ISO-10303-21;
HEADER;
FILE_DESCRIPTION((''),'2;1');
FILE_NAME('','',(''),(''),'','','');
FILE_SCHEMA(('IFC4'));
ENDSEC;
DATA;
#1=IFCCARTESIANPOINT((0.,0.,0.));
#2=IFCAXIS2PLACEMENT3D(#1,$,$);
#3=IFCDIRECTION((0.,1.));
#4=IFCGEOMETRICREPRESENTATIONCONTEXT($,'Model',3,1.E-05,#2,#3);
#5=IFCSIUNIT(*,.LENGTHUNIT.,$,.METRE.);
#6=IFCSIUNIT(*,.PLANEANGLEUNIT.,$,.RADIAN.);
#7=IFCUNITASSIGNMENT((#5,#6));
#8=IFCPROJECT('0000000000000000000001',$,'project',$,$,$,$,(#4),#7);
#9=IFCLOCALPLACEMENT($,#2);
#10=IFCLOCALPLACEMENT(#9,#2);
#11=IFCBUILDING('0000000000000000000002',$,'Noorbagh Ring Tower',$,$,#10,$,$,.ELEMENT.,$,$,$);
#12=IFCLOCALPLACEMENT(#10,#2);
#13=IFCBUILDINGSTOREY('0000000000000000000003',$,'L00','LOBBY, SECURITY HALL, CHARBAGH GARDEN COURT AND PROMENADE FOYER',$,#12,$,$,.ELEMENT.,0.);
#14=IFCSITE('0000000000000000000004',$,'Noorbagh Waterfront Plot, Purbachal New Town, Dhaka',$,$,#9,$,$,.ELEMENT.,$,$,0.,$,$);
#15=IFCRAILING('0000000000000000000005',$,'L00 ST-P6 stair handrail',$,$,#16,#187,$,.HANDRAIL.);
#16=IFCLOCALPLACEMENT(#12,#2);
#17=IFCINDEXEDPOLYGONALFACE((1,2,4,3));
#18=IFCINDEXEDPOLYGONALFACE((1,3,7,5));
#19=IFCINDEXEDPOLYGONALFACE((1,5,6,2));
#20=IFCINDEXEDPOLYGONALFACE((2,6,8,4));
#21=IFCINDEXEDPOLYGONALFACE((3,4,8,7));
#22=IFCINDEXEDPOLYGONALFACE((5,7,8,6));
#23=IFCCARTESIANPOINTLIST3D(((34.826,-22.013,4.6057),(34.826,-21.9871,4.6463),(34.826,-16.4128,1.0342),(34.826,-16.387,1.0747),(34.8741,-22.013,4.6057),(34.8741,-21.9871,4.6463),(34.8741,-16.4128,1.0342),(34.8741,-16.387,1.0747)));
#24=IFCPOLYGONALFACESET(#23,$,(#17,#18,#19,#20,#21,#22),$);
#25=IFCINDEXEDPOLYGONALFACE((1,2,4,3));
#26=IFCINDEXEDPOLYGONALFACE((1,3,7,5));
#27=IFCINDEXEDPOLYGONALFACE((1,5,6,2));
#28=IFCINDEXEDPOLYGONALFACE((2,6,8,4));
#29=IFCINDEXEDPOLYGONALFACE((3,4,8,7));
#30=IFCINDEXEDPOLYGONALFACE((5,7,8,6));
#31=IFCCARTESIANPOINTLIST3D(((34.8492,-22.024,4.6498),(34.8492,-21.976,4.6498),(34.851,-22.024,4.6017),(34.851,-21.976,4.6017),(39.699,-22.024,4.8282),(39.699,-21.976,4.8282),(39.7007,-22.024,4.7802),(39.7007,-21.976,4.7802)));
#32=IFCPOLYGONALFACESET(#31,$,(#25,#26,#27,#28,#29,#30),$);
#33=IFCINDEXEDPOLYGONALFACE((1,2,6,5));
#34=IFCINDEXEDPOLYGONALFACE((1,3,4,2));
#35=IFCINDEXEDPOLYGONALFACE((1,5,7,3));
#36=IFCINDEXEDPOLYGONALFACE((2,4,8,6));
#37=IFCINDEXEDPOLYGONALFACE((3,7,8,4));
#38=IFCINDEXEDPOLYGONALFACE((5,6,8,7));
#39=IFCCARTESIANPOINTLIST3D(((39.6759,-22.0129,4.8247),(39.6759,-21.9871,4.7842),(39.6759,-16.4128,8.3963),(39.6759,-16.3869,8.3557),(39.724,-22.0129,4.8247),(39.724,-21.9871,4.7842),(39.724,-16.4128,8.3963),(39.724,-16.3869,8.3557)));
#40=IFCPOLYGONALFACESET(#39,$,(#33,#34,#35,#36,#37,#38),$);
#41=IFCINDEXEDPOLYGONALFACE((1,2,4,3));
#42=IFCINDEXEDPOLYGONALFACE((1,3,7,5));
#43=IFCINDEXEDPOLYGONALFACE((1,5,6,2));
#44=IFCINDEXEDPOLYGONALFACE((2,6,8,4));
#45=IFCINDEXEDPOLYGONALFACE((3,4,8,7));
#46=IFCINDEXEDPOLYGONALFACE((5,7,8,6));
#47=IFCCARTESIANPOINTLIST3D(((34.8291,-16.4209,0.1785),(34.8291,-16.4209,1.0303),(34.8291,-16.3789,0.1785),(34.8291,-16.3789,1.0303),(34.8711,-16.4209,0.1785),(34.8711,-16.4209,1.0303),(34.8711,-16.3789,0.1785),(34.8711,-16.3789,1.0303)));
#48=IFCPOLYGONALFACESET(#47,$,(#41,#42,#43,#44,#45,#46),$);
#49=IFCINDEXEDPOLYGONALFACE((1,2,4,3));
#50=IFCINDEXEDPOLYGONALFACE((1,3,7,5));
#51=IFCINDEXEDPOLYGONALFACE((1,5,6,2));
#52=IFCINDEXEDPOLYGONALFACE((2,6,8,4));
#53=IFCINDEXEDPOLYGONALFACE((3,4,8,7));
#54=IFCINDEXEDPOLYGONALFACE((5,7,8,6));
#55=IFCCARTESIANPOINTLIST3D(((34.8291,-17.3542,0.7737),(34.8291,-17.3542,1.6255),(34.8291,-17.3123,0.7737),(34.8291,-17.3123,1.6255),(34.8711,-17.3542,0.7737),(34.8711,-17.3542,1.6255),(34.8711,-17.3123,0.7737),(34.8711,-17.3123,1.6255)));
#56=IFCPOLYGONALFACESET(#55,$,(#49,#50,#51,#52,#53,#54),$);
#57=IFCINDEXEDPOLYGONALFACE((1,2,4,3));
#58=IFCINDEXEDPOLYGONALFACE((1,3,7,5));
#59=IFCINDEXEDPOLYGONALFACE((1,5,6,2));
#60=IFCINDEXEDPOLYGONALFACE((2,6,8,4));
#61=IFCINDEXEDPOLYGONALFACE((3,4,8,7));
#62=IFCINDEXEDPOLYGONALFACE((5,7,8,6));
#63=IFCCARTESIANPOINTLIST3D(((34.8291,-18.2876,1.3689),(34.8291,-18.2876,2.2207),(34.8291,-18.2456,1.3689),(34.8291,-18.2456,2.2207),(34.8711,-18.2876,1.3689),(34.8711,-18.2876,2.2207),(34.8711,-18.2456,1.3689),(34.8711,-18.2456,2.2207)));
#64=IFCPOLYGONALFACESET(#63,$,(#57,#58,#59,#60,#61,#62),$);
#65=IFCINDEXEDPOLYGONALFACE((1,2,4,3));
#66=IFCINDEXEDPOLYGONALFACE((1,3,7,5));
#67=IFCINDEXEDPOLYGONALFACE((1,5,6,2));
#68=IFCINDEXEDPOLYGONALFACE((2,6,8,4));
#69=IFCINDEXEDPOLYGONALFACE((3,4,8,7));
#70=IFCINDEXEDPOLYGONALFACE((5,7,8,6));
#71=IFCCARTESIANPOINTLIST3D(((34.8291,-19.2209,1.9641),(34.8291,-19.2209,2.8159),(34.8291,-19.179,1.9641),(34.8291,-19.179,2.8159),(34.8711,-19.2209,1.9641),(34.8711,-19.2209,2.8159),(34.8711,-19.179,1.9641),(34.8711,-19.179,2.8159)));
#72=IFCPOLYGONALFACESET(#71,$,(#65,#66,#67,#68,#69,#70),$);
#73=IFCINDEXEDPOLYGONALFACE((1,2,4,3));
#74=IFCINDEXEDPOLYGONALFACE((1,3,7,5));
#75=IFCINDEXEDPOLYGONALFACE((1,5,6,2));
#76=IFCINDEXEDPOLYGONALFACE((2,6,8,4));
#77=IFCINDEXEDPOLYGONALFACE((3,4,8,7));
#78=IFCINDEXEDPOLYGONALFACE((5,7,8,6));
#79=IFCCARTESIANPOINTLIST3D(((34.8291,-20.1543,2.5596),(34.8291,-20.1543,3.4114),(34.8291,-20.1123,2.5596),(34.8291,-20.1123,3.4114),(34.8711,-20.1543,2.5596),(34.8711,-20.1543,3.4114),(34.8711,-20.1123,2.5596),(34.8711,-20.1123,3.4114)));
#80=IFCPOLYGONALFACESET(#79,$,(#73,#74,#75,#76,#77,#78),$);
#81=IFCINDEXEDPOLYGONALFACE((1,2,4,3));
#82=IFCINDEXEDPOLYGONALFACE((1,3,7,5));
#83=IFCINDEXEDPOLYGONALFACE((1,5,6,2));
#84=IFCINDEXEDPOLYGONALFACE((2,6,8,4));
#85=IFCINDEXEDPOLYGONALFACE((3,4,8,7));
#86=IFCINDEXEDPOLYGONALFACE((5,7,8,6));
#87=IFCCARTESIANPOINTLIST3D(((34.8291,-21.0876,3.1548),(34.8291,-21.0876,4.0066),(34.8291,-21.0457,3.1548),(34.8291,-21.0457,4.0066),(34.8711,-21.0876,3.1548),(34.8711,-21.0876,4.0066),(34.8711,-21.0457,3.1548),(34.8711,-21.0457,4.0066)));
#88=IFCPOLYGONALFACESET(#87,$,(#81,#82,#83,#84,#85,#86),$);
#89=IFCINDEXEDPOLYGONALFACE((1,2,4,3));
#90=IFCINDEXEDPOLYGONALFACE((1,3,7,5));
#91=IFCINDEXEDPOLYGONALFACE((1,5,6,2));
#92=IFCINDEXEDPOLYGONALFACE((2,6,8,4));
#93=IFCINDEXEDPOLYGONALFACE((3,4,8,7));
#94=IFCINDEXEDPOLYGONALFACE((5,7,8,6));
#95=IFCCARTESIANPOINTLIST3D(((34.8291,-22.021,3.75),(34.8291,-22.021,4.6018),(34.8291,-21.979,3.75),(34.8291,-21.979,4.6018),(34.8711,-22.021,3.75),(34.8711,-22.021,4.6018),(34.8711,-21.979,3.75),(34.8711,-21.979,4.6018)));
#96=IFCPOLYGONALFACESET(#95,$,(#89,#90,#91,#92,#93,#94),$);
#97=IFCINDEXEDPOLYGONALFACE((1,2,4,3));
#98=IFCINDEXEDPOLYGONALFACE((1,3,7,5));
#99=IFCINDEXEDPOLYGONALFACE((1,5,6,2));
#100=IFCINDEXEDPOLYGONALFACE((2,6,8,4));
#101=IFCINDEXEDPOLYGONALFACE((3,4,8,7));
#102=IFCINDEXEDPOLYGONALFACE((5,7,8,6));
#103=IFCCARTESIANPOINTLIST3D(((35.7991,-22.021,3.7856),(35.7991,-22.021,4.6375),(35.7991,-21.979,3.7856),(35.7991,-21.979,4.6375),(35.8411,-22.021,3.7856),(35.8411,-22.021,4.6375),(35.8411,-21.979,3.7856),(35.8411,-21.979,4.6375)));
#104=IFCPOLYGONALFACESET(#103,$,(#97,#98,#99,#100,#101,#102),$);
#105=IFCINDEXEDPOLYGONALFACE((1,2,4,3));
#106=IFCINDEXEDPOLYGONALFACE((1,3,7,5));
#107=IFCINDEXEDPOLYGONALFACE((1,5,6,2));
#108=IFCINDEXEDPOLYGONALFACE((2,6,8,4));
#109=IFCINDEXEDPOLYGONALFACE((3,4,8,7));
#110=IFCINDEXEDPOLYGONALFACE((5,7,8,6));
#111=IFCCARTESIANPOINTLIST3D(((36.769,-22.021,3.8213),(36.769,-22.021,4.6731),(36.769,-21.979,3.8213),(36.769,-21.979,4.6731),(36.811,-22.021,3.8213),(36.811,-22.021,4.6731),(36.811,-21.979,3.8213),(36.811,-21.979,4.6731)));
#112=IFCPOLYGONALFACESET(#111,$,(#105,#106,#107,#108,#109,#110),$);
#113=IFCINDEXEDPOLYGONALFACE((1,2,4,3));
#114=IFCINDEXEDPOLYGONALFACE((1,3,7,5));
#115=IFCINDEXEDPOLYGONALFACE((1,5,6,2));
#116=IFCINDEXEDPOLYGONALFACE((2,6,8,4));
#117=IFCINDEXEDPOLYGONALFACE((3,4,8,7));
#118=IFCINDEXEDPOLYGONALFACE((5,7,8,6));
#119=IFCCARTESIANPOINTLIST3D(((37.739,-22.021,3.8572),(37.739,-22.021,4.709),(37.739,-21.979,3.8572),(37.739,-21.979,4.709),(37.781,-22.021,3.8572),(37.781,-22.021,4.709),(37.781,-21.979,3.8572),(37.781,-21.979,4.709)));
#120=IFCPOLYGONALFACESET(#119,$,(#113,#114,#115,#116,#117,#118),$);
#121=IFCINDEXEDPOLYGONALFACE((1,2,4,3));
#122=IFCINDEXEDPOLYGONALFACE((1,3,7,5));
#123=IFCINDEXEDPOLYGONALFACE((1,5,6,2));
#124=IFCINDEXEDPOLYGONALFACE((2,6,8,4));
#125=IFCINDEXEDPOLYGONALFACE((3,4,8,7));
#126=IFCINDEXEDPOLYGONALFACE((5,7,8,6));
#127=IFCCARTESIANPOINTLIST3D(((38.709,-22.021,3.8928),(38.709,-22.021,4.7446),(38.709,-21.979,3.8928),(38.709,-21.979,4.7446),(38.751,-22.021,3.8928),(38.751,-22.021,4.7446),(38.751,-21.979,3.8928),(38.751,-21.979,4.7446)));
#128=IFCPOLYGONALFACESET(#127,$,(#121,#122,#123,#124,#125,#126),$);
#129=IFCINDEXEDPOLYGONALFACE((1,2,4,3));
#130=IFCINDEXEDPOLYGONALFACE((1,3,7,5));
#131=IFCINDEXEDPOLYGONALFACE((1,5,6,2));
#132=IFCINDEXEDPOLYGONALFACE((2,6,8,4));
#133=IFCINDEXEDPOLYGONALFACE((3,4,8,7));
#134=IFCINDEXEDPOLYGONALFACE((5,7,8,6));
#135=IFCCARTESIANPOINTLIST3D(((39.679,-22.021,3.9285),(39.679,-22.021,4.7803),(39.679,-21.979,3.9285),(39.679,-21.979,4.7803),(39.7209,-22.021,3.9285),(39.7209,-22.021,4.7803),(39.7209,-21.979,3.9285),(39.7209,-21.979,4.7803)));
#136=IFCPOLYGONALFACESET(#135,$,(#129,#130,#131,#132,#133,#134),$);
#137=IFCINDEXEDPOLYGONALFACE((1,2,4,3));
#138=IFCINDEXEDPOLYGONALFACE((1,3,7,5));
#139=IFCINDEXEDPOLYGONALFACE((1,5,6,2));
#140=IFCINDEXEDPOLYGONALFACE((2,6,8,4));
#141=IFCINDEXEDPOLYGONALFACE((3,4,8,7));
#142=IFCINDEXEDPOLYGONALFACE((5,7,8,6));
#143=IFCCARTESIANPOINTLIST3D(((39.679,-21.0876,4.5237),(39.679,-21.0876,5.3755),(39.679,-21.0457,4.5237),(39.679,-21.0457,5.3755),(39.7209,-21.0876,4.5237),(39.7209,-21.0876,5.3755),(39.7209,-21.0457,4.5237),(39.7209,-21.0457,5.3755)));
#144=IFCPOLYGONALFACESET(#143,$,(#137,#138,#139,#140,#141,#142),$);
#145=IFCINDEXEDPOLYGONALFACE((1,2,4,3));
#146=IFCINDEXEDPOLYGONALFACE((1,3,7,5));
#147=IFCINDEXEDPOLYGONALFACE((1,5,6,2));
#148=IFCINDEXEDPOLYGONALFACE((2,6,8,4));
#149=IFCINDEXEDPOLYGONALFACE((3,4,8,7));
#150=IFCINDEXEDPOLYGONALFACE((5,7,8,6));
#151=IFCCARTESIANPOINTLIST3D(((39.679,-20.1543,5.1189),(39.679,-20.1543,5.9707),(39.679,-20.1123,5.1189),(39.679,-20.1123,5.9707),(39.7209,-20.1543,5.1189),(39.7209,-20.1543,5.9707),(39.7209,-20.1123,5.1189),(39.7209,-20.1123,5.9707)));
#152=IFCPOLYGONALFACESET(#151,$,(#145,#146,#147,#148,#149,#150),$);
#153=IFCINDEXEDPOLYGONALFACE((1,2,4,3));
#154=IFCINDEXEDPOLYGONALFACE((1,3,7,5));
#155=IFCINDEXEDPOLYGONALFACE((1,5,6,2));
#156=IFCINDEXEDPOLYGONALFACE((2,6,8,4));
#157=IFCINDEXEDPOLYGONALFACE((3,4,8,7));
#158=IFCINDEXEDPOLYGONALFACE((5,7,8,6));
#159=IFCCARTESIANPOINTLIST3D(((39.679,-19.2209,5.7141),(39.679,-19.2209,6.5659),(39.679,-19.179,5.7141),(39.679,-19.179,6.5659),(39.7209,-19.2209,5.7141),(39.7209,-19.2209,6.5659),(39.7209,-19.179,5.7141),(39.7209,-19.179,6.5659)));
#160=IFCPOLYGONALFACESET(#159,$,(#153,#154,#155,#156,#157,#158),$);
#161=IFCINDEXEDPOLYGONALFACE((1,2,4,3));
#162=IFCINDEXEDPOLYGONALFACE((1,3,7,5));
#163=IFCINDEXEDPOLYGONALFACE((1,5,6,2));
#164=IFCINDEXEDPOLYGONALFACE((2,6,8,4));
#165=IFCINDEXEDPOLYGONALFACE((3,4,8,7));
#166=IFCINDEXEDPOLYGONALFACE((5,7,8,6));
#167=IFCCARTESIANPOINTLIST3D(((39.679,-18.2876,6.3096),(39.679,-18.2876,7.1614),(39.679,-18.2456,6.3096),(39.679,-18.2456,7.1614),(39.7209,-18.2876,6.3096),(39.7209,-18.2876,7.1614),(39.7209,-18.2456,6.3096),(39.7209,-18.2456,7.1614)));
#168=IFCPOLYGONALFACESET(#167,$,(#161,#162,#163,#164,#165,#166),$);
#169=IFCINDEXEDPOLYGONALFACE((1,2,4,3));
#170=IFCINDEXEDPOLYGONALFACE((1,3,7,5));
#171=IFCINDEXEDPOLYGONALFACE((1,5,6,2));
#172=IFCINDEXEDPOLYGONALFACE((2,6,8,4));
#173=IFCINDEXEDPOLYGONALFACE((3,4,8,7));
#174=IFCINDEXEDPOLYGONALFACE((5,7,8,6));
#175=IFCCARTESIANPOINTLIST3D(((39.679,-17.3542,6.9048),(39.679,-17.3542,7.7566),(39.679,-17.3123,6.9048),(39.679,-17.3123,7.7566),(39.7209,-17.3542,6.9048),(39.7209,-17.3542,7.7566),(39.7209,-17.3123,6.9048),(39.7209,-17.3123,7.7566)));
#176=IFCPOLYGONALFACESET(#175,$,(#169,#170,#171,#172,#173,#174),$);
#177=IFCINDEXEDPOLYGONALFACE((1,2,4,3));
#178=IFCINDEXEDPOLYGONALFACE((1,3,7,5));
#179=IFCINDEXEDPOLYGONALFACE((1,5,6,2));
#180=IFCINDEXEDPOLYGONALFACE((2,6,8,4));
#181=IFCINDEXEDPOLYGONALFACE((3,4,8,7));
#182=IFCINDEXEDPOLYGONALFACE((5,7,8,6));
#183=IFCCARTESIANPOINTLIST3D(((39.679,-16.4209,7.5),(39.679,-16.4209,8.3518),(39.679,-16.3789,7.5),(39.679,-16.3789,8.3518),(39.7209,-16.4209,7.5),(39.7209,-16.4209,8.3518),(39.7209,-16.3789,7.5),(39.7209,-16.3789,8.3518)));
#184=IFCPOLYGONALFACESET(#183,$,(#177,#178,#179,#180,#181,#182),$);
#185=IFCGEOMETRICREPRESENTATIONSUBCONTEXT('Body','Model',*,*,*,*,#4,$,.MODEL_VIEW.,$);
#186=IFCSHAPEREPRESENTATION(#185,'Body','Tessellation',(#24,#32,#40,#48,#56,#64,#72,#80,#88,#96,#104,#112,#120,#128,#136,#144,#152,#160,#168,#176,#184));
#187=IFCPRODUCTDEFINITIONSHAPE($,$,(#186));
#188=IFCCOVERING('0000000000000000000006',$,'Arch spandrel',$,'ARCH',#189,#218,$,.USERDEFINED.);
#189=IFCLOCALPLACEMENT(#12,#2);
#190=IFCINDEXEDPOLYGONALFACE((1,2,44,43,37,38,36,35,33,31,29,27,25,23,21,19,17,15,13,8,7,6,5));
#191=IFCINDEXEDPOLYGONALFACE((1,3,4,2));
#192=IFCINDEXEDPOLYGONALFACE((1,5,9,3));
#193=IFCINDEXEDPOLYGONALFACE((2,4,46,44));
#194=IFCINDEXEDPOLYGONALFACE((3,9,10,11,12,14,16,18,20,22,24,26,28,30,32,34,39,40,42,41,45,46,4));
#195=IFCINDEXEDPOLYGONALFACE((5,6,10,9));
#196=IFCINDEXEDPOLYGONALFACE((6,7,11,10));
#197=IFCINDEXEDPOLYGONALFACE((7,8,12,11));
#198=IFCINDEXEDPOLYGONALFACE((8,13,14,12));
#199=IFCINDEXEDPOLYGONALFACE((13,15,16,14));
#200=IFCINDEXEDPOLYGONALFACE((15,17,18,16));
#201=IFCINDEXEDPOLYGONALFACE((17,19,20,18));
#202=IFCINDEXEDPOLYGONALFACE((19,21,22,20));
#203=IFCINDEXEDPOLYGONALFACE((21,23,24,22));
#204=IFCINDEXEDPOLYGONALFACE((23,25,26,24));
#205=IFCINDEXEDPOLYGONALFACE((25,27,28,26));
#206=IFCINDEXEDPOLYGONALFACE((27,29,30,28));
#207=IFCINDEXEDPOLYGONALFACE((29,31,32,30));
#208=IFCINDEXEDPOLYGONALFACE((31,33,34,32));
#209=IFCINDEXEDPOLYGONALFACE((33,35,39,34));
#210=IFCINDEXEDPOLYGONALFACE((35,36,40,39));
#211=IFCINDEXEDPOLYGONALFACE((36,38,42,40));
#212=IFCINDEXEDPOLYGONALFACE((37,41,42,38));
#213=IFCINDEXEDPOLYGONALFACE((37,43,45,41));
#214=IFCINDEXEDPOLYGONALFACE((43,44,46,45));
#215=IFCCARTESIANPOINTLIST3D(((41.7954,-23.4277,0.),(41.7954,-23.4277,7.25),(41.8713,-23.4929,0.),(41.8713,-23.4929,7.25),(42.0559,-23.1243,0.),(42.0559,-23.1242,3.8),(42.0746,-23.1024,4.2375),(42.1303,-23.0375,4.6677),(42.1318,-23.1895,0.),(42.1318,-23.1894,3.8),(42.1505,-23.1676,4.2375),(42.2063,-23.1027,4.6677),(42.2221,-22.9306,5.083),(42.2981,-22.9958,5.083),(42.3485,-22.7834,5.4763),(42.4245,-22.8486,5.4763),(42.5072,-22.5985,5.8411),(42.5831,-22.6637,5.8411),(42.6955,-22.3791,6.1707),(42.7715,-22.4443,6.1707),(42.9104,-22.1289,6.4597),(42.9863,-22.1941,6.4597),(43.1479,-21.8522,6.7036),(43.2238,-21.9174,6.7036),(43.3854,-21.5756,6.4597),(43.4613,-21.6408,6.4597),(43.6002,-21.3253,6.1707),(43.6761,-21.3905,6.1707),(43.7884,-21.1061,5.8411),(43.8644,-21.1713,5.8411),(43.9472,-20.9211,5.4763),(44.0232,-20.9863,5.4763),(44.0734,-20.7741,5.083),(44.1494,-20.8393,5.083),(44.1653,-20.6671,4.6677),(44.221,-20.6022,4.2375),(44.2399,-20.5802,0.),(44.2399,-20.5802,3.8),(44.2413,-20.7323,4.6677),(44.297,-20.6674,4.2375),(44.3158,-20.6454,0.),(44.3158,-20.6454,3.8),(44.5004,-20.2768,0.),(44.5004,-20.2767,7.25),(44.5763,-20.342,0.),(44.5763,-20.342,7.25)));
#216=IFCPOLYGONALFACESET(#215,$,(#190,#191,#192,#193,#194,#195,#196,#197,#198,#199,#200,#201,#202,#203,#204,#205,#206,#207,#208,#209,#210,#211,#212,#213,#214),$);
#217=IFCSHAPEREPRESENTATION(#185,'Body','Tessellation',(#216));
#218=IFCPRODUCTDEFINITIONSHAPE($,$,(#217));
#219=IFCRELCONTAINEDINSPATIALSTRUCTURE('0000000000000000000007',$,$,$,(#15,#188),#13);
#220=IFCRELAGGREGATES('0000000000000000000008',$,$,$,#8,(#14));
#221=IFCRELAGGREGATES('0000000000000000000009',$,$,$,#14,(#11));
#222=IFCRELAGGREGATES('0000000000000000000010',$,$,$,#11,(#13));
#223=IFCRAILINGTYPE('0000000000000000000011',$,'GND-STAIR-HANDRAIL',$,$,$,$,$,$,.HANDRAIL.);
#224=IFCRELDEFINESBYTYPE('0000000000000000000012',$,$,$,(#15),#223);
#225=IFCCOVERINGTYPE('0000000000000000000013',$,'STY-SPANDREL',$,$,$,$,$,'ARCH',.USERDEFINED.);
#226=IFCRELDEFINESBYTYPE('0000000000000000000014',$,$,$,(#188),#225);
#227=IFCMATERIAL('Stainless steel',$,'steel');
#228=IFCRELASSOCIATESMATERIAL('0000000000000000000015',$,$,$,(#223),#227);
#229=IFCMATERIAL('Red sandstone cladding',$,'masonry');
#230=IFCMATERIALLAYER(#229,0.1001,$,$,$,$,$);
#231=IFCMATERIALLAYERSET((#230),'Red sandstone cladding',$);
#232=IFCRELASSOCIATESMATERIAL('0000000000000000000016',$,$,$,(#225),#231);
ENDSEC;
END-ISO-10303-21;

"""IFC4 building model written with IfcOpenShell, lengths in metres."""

from ifc_helpers import new_model, si_unit, direction, frame, origin, origin_2d, place, context, subcontext, project, spatial, polyline, rectangle, outline, extrude, material, layer, layer_set, type_object, element, save


model = new_model("IFC4")

# Units and contexts
model_context = context("Model", 3, precision=1e-05, world=origin(), true_north=direction((0.0, 1.0)))
body_context = subcontext(model_context, "Body", "Model", "MODEL_VIEW")
ifc_project = project(units=[si_unit("LENGTHUNIT", "METRE"), si_unit("PLANEANGLEUNIT", "RADIAN")], contexts=[model_context])

# Site, building, storey
site_placement = place(None, origin())
site = spatial("IfcSite", under=ifc_project, at=site_placement, Name="Noorbagh Waterfront Plot, Purbachal New Town, Dhaka", CompositionType="ELEMENT", RefElevation=0.0)
building_placement = place(site_placement, origin())
building = spatial("IfcBuilding", under=site, at=building_placement, Name="Noorbagh Ring Tower", CompositionType="ELEMENT")
storey_placement = place(building_placement, origin())
storey = spatial("IfcBuildingStorey", under=building, at=storey_placement, Name="L00", Description="LOBBY, SECURITY HALL, CHARBAGH GARDEN COURT AND PROMENADE FOYER", CompositionType="ELEMENT", Elevation=0.0)

# Railing
ifc_material_1 = material(Name="Stainless steel", Category="steel")
railing_type_1 = type_object("IfcRailingType", Name="GND-STAIR-HANDRAIL", PredefinedType="HANDRAIL", material=ifc_material_1)
railing_1_placement = place(storey_placement, frame((34.8501, -16.3999, 0.1785)))
element("IfcRailing", 1, at=railing_1_placement, inside=storey, type_object=railing_type_1, Name="L00 ST-P6 stair handrail", PredefinedType="HANDRAIL", context=body_context, shape_type="SweptSolid", body=[
    extrude(rectangle(XDim=0.0481, YDim=0.0481, at=origin_2d()), frame((0.0, 0.0, 0.876), z_axis=(0.0, -0.843127, 0.537715), x_axis=(1.0, 0.0, 0.0)), (0.0, 0.0, 1.0), 6.6421),
    extrude(rectangle(XDim=0.0481, YDim=0.0481, at=origin_2d()), frame((0.0, -5.6001, 4.4473), z_axis=(0.999324, 0.0, 0.036773), x_axis=(0.0, 1.0, 0.0)), (0.0, 0.0, 1.0), 4.853),
    extrude(rectangle(XDim=0.0481, YDim=0.0481, at=origin_2d()), frame((4.8499, -5.6001, 4.626), z_axis=(0.0, 0.843127, 0.537715), x_axis=(-1.0, 0.0, 0.0)), (0.0, 0.0, 1.0), 6.6421),
    extrude(rectangle(XDim=0.042, YDim=0.042, at=origin_2d()), origin(), (0.0, 0.0, 1.0), 0.8518),
    extrude(rectangle(XDim=0.042, YDim=0.042, at=origin_2d()), frame((0.0, -0.9333, 0.5952)), (0.0, 0.0, 1.0), 0.8518),
    extrude(rectangle(XDim=0.042, YDim=0.042, at=origin_2d()), frame((0.0, -1.8667, 1.1904)), (0.0, 0.0, 1.0), 0.8518),
    extrude(rectangle(XDim=0.042, YDim=0.042, at=origin_2d()), frame((0.0, -2.8, 1.7856)), (0.0, 0.0, 1.0), 0.8518),
    extrude(rectangle(XDim=0.042, YDim=0.042, at=origin_2d()), frame((0.0, -3.7334, 2.3811)), (0.0, 0.0, 1.0), 0.8518),
    extrude(rectangle(XDim=0.042, YDim=0.042, at=origin_2d()), frame((0.0, -4.6667, 2.9763)), (0.0, 0.0, 1.0), 0.8518),
    extrude(rectangle(XDim=0.042, YDim=0.042, at=origin_2d()), frame((0.0, -5.6001, 3.5715)), (0.0, 0.0, 1.0), 0.8518),
    extrude(rectangle(XDim=0.042, YDim=0.042, at=origin_2d()), frame((0.97, -5.6001, 3.6072)), (0.0, 0.0, 1.0), 0.8518),
    extrude(rectangle(XDim=0.042, YDim=0.042, at=origin_2d()), frame((1.9399, -5.6001, 3.6428)), (0.0, 0.0, 1.0), 0.8518),
    extrude(rectangle(XDim=0.042, YDim=0.042, at=origin_2d()), frame((2.9099, -5.6001, 3.6787)), (0.0, 0.0, 1.0), 0.8518),
    extrude(rectangle(XDim=0.042, YDim=0.042, at=origin_2d()), frame((3.8799, -5.6001, 3.7144)), (0.0, 0.0, 1.0), 0.8518),
    extrude(rectangle(XDim=0.042, YDim=0.042, at=origin_2d()), frame((4.8499, -5.6001, 3.75)), (0.0, 0.0, 1.0), 0.8518),
    extrude(rectangle(XDim=0.042, YDim=0.042, at=origin_2d()), frame((4.8499, -4.6667, 4.3452)), (0.0, 0.0, 1.0), 0.8518),
    extrude(rectangle(XDim=0.042, YDim=0.042, at=origin_2d()), frame((4.8499, -3.7334, 4.9404)), (0.0, 0.0, 1.0), 0.8518),
    extrude(rectangle(XDim=0.042, YDim=0.042, at=origin_2d()), frame((4.8499, -2.8, 5.5356)), (0.0, 0.0, 1.0), 0.8518),
    extrude(rectangle(XDim=0.042, YDim=0.042, at=origin_2d()), frame((4.8499, -1.8667, 6.1311)), (0.0, 0.0, 1.0), 0.8518),
    extrude(rectangle(XDim=0.042, YDim=0.042, at=origin_2d()), frame((4.8499, -0.9333, 6.7263)), (0.0, 0.0, 1.0), 0.8518),
    extrude(rectangle(XDim=0.042, YDim=0.042, at=origin_2d()), frame((4.8499, 0.0, 7.3215)), (0.0, 0.0, 1.0), 0.8518),
])

# Covering
ifc_material_2 = material(Name="Red sandstone cladding", Category="masonry")
ifc_layer_1 = layer(ifc_material_2, 0.1001)
ifc_layer_set_1 = layer_set([ifc_layer_1], Name="Red sandstone cladding")
covering_type = type_object("IfcCoveringType", Name="STY-SPANDREL", ElementType="ARCH", PredefinedType="USERDEFINED", material=ifc_layer_set_1)
covering_placement = place(storey_placement, frame((41.8713, -23.4929, 0.0), z_axis=(0.758756, -0.651374, 0.000006), x_axis=(0.651374, 0.758756, 0.0)))
element("IfcCovering", 2, at=covering_placement, inside=storey, type_object=covering_type, Name="Arch spandrel", ObjectType="ARCH", PredefinedType="USERDEFINED", context=body_context, shape_type="SweptSolid", body=[
    extrude(outline(polyline([(0.0, 0.0), (0.3999, 0.0), (0.3999, 3.8), (0.4287, 4.2375), (0.5142, 4.6677), (0.6551, 5.083), (0.8492, 5.4763), (1.0928, 5.8411), (1.382, 6.1707), (1.7118, 6.4597), (2.0764, 6.7036), (2.441, 6.4597), (2.7708, 6.1707), (3.0598, 5.8411), (3.3036, 5.4763), (3.4973, 5.083), (3.6384, 4.6677), (3.7239, 4.2375), (3.7528, 3.8), (3.7528, 0.0), (4.1528, 0.0), (4.1528, 7.25), (0.0, 7.25), (0.0, 0.0)])), origin(), (0.0, 0.0, -1.0), 0.1001),
])

save(model, "model.ifc")
